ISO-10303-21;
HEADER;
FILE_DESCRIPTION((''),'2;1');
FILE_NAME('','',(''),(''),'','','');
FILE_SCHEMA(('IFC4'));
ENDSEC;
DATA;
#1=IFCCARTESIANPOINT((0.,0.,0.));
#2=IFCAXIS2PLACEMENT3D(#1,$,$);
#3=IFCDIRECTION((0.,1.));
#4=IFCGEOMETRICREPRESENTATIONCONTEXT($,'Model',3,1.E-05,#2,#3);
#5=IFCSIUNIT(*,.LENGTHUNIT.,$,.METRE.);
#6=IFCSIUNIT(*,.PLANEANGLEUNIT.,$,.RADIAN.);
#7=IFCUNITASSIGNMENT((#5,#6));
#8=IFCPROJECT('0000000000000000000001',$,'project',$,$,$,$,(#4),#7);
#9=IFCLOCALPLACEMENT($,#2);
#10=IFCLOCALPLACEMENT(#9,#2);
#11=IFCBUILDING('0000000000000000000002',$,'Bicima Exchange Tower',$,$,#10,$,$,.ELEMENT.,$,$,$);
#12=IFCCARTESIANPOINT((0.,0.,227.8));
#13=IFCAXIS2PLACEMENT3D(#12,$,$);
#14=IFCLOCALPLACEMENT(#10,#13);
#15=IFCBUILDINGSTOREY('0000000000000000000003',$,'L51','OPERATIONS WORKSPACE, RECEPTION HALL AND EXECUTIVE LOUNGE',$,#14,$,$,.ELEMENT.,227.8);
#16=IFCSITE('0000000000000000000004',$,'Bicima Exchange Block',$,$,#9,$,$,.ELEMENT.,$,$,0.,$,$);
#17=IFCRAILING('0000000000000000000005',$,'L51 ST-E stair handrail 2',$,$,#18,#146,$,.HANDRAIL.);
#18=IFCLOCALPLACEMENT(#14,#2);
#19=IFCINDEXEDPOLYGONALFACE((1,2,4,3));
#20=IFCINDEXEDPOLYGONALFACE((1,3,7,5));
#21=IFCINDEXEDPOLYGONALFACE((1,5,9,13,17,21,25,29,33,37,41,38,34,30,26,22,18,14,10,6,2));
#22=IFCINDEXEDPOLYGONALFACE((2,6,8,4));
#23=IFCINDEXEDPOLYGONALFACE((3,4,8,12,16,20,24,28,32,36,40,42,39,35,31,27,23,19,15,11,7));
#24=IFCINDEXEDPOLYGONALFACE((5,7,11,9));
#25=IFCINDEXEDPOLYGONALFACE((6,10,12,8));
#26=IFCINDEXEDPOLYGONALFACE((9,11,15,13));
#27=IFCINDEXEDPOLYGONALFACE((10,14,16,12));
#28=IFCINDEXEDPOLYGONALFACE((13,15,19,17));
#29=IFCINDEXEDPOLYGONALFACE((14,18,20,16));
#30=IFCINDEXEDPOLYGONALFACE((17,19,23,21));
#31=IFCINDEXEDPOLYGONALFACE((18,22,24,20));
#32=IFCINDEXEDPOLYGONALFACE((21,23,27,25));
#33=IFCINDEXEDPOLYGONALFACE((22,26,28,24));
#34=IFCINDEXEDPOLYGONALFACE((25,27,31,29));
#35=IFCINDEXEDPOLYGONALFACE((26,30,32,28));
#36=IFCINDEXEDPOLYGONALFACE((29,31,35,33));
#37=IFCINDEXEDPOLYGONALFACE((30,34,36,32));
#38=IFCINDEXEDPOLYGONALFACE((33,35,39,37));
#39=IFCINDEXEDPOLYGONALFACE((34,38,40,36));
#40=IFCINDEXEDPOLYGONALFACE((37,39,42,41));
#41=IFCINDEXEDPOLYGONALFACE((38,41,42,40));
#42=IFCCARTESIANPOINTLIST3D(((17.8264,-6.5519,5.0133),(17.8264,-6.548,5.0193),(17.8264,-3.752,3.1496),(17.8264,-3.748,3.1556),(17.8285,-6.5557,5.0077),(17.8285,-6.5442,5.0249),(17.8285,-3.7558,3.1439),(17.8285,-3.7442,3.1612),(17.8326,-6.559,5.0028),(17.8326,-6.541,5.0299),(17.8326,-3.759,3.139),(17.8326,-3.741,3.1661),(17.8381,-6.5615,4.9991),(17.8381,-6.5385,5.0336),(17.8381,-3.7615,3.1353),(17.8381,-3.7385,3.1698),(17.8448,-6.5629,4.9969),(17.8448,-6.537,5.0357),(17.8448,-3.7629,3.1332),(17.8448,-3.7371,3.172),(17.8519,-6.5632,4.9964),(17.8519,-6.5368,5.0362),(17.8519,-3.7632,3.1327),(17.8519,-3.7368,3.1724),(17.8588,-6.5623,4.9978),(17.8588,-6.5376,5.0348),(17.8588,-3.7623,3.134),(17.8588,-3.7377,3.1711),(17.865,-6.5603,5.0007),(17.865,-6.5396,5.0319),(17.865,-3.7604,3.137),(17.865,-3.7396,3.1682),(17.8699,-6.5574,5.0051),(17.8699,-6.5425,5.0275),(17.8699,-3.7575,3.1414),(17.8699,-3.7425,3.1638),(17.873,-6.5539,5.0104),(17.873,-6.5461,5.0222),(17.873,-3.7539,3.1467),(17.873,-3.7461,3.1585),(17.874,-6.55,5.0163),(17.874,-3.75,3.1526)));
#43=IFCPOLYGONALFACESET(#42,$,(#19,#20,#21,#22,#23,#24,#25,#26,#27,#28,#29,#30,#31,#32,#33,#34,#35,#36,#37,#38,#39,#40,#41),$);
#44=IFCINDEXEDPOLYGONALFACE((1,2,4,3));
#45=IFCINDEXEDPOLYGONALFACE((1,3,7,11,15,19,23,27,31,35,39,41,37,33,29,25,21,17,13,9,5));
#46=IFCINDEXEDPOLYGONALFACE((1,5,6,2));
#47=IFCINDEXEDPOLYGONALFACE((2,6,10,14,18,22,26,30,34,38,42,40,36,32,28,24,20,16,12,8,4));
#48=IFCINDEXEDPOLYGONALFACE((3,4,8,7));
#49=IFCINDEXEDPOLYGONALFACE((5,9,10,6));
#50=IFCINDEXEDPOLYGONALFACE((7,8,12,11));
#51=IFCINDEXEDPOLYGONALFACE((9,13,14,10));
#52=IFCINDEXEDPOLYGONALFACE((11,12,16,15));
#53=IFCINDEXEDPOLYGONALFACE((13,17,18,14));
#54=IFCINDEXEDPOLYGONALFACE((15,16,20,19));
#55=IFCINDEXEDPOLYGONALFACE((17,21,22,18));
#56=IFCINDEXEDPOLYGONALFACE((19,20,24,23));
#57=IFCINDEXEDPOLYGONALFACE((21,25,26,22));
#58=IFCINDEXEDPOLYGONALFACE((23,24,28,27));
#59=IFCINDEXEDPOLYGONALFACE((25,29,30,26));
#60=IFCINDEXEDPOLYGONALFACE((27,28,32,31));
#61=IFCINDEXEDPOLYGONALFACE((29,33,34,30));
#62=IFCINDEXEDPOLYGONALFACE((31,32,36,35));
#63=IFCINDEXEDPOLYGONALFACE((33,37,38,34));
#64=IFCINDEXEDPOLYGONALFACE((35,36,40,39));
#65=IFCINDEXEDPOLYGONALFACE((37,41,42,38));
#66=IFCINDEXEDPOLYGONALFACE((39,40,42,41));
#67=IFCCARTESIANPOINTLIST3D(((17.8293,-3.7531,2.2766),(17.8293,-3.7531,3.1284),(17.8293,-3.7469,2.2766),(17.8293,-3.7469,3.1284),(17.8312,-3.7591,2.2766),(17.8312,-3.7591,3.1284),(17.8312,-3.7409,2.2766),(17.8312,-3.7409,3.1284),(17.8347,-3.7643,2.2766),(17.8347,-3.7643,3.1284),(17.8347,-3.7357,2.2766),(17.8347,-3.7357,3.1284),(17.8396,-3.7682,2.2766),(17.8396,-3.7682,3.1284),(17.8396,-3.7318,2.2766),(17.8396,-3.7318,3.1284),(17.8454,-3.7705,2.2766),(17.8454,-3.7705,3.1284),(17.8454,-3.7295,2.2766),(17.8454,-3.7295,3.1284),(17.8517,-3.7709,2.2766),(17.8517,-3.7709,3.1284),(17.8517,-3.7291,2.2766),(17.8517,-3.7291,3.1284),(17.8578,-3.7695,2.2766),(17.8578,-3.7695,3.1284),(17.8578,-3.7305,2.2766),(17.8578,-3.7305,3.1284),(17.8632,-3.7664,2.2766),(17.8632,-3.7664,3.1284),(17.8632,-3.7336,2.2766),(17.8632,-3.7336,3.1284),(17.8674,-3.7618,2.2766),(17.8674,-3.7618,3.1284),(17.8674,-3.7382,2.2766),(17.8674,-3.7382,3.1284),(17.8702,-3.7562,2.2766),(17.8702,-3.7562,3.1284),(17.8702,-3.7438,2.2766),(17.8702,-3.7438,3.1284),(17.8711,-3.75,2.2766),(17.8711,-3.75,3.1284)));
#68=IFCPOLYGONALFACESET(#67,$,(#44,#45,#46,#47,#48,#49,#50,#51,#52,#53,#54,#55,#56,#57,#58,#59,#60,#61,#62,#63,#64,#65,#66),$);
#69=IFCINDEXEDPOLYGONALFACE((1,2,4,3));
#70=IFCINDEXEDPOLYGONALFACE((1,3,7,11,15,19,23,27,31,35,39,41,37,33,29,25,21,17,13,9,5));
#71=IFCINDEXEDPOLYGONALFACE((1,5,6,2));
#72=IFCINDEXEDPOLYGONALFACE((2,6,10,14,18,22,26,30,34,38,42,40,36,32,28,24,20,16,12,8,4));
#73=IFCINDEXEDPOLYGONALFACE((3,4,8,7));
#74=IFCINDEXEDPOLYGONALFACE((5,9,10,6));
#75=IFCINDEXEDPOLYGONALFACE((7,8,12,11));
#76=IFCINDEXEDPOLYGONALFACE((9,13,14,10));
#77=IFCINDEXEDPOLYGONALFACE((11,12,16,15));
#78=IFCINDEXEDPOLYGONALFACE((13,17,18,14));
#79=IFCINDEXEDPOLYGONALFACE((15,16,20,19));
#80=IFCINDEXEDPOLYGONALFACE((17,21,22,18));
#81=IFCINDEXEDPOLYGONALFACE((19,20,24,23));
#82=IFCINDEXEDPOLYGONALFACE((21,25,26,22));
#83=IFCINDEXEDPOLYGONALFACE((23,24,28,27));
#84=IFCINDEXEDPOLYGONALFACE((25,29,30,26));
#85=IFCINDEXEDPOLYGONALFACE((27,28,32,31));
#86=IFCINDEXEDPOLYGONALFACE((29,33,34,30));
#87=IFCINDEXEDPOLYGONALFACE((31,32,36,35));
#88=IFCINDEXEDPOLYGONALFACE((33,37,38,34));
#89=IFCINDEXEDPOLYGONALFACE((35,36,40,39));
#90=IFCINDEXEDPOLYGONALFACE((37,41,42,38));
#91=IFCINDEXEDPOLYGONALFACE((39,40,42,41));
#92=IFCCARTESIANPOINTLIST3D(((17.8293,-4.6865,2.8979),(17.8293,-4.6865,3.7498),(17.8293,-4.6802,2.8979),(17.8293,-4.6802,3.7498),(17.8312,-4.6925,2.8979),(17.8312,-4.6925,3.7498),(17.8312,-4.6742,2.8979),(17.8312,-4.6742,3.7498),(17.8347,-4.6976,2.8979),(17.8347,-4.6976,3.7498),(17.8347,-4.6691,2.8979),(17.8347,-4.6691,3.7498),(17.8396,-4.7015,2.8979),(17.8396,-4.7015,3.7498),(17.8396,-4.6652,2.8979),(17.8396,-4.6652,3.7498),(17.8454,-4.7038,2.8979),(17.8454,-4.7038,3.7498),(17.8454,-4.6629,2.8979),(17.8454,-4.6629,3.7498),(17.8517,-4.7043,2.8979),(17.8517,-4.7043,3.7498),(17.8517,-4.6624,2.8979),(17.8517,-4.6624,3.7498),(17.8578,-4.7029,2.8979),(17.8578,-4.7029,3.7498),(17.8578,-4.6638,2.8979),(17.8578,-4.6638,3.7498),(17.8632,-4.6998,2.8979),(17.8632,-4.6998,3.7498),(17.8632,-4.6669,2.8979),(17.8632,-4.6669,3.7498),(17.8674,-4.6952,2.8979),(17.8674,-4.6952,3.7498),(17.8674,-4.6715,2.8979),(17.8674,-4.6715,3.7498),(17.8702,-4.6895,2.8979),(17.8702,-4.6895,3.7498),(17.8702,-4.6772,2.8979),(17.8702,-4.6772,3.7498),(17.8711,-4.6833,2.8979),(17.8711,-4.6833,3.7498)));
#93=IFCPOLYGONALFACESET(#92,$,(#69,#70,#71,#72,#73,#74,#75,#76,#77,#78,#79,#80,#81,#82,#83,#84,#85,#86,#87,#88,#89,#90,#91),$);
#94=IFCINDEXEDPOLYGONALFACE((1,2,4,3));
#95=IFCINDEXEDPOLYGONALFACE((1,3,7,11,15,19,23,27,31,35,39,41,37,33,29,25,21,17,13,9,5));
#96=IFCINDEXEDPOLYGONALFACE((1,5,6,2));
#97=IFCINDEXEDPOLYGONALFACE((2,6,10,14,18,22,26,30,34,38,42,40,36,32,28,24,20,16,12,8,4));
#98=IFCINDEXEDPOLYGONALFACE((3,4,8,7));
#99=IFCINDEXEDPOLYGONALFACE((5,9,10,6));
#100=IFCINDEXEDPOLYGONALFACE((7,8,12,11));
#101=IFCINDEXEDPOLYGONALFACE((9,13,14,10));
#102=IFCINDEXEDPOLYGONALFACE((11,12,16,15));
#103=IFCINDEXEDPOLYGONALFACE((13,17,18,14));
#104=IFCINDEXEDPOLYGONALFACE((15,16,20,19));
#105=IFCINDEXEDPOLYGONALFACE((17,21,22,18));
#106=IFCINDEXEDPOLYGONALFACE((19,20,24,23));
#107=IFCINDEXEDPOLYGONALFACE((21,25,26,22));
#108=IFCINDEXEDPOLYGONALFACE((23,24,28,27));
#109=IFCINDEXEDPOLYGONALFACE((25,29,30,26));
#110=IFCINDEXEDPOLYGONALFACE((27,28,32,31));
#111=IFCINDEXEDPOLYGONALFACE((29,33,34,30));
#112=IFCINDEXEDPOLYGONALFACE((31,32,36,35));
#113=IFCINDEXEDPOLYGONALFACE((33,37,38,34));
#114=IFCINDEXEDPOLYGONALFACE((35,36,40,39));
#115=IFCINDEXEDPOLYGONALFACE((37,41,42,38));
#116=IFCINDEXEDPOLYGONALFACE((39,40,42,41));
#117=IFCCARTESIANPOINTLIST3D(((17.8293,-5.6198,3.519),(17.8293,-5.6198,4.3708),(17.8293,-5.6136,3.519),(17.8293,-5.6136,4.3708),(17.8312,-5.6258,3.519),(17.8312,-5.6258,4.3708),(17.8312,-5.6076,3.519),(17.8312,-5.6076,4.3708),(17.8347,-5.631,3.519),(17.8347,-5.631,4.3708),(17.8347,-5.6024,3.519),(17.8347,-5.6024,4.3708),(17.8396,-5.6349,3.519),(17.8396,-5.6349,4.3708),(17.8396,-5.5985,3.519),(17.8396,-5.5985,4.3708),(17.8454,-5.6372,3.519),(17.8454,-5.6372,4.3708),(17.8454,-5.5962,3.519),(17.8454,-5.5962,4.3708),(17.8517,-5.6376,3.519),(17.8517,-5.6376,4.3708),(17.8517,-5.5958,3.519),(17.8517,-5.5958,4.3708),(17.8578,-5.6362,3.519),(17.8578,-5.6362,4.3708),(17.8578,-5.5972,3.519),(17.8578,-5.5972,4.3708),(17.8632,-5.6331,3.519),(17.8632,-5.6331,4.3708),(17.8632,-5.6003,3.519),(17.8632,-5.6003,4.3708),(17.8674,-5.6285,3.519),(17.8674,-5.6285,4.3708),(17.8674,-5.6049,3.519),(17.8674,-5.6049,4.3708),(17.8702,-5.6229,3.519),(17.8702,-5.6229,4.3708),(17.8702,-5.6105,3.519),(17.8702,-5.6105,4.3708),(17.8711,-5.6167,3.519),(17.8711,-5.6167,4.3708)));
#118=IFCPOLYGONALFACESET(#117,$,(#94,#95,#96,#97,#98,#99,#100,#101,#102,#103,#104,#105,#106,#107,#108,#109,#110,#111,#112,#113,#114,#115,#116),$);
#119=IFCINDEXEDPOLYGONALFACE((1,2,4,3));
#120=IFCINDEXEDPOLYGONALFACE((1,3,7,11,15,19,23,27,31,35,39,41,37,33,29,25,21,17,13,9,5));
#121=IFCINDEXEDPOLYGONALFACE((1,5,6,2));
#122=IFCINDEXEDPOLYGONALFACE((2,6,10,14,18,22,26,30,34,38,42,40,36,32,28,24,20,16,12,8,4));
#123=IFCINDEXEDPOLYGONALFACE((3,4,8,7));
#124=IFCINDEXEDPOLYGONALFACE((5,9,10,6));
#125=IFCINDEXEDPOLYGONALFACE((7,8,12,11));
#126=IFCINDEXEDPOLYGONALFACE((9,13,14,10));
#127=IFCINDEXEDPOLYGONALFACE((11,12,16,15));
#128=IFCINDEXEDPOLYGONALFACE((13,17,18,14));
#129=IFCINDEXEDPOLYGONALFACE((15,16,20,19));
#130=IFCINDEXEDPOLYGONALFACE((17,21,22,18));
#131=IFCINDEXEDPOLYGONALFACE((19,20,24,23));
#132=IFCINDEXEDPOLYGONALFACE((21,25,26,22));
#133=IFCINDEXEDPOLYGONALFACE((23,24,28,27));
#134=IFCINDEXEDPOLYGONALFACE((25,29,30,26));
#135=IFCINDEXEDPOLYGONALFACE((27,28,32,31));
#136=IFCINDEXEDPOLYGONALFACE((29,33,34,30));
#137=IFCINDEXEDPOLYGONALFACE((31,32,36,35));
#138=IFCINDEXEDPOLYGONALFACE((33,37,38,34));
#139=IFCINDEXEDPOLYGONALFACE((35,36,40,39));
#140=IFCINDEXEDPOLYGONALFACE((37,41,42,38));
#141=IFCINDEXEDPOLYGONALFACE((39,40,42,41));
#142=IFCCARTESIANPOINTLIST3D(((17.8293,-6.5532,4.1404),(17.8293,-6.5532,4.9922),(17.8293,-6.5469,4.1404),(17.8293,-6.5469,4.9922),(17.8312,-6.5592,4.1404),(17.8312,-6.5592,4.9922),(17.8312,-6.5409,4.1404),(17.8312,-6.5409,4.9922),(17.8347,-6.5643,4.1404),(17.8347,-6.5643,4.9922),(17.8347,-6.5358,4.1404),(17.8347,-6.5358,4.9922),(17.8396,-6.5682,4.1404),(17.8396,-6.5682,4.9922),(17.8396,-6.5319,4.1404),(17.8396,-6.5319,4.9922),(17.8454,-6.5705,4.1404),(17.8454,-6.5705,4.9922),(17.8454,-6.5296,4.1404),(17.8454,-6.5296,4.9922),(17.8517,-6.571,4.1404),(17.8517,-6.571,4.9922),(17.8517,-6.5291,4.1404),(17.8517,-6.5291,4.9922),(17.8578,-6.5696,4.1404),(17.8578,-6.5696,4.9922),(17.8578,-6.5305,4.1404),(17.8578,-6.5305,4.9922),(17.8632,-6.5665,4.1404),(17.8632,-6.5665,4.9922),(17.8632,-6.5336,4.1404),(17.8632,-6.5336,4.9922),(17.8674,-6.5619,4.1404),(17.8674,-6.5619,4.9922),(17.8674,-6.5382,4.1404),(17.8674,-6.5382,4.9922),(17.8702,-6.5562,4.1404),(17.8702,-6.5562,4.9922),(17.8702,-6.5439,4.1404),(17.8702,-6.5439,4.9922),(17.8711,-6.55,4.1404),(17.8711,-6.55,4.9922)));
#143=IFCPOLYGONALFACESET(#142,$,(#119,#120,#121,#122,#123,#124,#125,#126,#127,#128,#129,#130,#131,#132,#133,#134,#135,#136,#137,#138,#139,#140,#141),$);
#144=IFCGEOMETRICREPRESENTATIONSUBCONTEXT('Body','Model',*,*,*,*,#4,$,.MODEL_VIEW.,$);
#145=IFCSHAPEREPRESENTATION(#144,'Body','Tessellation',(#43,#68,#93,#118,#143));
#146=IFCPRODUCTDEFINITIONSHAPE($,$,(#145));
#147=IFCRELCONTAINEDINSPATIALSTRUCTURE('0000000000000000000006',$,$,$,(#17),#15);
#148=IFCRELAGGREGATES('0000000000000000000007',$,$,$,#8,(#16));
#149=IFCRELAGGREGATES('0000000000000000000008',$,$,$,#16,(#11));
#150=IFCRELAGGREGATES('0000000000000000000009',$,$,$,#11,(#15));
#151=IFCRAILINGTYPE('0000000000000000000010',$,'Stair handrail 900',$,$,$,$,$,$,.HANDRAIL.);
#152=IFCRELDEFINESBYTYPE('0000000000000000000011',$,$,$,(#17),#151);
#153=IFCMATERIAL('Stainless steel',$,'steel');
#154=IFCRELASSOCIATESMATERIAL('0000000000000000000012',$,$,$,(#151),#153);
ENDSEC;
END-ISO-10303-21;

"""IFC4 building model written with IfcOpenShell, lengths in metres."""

from ifc_helpers import new_model, si_unit, direction, frame, origin, origin_2d, place, context, subcontext, project, spatial, circle, extrude, material, type_object, element, save


model = new_model("IFC4")

# Units and contexts
model_context = context("Model", 3, precision=1e-05, world=origin(), true_north=direction((0.0, 1.0)))
body_context = subcontext(model_context, "Body", "Model", "MODEL_VIEW")
ifc_project = project(units=[si_unit("LENGTHUNIT", "METRE"), si_unit("PLANEANGLEUNIT", "RADIAN")], contexts=[model_context])

# Site, building, storey
site_placement = place(None, origin())
site = spatial("IfcSite", under=ifc_project, at=site_placement, Name="Bicima Exchange Block", CompositionType="ELEMENT", RefElevation=0.0)
building_placement = place(site_placement, origin())
building = spatial("IfcBuilding", under=site, at=building_placement, Name="Bicima Exchange Tower", CompositionType="ELEMENT")
storey_placement = place(building_placement, frame((0.0, 0.0, 227.8)))
storey = spatial("IfcBuildingStorey", under=building, at=storey_placement, Name="L51", Description="OPERATIONS WORKSPACE, RECEPTION HALL AND EXECUTIVE LOUNGE", CompositionType="ELEMENT", Elevation=227.8)

# Railing
ifc_material_1 = material(Name="Stainless steel", Category="steel")
railing_type_1 = type_object("IfcRailingType", Name="Stair handrail 900", PredefinedType="HANDRAIL", material=ifc_material_1)
for number, where, name in (
    (1, (17.8501, -3.75, 2.2766), "L51 ST-E stair handrail 2"),
):
    element("IfcRailing", number, at=place(storey_placement, frame(where)), inside=storey, type_object=railing_type_1, Name=name, PredefinedType="HANDRAIL", context=body_context, shape_type="SweptSolid", body=[
        extrude(circle(Radius=0.0239, at=origin_2d()), frame((0.0, 0.0, 0.876), z_axis=(0.0, -0.832452, 0.554097), x_axis=(1.0, 0.0, 0.0)), (0.0, 0.0, 1.0), 3.3635),
        extrude(circle(Radius=0.021, at=origin_2d()), origin(), (0.0, 0.0, 1.0), 0.8518),
        extrude(circle(Radius=0.021, at=origin_2d()), frame((0.0, -0.9333, 0.6213)), (0.0, 0.0, 1.0), 0.8518),
        extrude(circle(Radius=0.021, at=origin_2d()), frame((0.0, -1.8667, 1.2424)), (0.0, 0.0, 1.0), 0.8518),
        extrude(circle(Radius=0.021, at=origin_2d()), frame((0.0, -2.8, 1.8638)), (0.0, 0.0, 1.0), 0.8518),
    ])

save(model, "model.ifc")
